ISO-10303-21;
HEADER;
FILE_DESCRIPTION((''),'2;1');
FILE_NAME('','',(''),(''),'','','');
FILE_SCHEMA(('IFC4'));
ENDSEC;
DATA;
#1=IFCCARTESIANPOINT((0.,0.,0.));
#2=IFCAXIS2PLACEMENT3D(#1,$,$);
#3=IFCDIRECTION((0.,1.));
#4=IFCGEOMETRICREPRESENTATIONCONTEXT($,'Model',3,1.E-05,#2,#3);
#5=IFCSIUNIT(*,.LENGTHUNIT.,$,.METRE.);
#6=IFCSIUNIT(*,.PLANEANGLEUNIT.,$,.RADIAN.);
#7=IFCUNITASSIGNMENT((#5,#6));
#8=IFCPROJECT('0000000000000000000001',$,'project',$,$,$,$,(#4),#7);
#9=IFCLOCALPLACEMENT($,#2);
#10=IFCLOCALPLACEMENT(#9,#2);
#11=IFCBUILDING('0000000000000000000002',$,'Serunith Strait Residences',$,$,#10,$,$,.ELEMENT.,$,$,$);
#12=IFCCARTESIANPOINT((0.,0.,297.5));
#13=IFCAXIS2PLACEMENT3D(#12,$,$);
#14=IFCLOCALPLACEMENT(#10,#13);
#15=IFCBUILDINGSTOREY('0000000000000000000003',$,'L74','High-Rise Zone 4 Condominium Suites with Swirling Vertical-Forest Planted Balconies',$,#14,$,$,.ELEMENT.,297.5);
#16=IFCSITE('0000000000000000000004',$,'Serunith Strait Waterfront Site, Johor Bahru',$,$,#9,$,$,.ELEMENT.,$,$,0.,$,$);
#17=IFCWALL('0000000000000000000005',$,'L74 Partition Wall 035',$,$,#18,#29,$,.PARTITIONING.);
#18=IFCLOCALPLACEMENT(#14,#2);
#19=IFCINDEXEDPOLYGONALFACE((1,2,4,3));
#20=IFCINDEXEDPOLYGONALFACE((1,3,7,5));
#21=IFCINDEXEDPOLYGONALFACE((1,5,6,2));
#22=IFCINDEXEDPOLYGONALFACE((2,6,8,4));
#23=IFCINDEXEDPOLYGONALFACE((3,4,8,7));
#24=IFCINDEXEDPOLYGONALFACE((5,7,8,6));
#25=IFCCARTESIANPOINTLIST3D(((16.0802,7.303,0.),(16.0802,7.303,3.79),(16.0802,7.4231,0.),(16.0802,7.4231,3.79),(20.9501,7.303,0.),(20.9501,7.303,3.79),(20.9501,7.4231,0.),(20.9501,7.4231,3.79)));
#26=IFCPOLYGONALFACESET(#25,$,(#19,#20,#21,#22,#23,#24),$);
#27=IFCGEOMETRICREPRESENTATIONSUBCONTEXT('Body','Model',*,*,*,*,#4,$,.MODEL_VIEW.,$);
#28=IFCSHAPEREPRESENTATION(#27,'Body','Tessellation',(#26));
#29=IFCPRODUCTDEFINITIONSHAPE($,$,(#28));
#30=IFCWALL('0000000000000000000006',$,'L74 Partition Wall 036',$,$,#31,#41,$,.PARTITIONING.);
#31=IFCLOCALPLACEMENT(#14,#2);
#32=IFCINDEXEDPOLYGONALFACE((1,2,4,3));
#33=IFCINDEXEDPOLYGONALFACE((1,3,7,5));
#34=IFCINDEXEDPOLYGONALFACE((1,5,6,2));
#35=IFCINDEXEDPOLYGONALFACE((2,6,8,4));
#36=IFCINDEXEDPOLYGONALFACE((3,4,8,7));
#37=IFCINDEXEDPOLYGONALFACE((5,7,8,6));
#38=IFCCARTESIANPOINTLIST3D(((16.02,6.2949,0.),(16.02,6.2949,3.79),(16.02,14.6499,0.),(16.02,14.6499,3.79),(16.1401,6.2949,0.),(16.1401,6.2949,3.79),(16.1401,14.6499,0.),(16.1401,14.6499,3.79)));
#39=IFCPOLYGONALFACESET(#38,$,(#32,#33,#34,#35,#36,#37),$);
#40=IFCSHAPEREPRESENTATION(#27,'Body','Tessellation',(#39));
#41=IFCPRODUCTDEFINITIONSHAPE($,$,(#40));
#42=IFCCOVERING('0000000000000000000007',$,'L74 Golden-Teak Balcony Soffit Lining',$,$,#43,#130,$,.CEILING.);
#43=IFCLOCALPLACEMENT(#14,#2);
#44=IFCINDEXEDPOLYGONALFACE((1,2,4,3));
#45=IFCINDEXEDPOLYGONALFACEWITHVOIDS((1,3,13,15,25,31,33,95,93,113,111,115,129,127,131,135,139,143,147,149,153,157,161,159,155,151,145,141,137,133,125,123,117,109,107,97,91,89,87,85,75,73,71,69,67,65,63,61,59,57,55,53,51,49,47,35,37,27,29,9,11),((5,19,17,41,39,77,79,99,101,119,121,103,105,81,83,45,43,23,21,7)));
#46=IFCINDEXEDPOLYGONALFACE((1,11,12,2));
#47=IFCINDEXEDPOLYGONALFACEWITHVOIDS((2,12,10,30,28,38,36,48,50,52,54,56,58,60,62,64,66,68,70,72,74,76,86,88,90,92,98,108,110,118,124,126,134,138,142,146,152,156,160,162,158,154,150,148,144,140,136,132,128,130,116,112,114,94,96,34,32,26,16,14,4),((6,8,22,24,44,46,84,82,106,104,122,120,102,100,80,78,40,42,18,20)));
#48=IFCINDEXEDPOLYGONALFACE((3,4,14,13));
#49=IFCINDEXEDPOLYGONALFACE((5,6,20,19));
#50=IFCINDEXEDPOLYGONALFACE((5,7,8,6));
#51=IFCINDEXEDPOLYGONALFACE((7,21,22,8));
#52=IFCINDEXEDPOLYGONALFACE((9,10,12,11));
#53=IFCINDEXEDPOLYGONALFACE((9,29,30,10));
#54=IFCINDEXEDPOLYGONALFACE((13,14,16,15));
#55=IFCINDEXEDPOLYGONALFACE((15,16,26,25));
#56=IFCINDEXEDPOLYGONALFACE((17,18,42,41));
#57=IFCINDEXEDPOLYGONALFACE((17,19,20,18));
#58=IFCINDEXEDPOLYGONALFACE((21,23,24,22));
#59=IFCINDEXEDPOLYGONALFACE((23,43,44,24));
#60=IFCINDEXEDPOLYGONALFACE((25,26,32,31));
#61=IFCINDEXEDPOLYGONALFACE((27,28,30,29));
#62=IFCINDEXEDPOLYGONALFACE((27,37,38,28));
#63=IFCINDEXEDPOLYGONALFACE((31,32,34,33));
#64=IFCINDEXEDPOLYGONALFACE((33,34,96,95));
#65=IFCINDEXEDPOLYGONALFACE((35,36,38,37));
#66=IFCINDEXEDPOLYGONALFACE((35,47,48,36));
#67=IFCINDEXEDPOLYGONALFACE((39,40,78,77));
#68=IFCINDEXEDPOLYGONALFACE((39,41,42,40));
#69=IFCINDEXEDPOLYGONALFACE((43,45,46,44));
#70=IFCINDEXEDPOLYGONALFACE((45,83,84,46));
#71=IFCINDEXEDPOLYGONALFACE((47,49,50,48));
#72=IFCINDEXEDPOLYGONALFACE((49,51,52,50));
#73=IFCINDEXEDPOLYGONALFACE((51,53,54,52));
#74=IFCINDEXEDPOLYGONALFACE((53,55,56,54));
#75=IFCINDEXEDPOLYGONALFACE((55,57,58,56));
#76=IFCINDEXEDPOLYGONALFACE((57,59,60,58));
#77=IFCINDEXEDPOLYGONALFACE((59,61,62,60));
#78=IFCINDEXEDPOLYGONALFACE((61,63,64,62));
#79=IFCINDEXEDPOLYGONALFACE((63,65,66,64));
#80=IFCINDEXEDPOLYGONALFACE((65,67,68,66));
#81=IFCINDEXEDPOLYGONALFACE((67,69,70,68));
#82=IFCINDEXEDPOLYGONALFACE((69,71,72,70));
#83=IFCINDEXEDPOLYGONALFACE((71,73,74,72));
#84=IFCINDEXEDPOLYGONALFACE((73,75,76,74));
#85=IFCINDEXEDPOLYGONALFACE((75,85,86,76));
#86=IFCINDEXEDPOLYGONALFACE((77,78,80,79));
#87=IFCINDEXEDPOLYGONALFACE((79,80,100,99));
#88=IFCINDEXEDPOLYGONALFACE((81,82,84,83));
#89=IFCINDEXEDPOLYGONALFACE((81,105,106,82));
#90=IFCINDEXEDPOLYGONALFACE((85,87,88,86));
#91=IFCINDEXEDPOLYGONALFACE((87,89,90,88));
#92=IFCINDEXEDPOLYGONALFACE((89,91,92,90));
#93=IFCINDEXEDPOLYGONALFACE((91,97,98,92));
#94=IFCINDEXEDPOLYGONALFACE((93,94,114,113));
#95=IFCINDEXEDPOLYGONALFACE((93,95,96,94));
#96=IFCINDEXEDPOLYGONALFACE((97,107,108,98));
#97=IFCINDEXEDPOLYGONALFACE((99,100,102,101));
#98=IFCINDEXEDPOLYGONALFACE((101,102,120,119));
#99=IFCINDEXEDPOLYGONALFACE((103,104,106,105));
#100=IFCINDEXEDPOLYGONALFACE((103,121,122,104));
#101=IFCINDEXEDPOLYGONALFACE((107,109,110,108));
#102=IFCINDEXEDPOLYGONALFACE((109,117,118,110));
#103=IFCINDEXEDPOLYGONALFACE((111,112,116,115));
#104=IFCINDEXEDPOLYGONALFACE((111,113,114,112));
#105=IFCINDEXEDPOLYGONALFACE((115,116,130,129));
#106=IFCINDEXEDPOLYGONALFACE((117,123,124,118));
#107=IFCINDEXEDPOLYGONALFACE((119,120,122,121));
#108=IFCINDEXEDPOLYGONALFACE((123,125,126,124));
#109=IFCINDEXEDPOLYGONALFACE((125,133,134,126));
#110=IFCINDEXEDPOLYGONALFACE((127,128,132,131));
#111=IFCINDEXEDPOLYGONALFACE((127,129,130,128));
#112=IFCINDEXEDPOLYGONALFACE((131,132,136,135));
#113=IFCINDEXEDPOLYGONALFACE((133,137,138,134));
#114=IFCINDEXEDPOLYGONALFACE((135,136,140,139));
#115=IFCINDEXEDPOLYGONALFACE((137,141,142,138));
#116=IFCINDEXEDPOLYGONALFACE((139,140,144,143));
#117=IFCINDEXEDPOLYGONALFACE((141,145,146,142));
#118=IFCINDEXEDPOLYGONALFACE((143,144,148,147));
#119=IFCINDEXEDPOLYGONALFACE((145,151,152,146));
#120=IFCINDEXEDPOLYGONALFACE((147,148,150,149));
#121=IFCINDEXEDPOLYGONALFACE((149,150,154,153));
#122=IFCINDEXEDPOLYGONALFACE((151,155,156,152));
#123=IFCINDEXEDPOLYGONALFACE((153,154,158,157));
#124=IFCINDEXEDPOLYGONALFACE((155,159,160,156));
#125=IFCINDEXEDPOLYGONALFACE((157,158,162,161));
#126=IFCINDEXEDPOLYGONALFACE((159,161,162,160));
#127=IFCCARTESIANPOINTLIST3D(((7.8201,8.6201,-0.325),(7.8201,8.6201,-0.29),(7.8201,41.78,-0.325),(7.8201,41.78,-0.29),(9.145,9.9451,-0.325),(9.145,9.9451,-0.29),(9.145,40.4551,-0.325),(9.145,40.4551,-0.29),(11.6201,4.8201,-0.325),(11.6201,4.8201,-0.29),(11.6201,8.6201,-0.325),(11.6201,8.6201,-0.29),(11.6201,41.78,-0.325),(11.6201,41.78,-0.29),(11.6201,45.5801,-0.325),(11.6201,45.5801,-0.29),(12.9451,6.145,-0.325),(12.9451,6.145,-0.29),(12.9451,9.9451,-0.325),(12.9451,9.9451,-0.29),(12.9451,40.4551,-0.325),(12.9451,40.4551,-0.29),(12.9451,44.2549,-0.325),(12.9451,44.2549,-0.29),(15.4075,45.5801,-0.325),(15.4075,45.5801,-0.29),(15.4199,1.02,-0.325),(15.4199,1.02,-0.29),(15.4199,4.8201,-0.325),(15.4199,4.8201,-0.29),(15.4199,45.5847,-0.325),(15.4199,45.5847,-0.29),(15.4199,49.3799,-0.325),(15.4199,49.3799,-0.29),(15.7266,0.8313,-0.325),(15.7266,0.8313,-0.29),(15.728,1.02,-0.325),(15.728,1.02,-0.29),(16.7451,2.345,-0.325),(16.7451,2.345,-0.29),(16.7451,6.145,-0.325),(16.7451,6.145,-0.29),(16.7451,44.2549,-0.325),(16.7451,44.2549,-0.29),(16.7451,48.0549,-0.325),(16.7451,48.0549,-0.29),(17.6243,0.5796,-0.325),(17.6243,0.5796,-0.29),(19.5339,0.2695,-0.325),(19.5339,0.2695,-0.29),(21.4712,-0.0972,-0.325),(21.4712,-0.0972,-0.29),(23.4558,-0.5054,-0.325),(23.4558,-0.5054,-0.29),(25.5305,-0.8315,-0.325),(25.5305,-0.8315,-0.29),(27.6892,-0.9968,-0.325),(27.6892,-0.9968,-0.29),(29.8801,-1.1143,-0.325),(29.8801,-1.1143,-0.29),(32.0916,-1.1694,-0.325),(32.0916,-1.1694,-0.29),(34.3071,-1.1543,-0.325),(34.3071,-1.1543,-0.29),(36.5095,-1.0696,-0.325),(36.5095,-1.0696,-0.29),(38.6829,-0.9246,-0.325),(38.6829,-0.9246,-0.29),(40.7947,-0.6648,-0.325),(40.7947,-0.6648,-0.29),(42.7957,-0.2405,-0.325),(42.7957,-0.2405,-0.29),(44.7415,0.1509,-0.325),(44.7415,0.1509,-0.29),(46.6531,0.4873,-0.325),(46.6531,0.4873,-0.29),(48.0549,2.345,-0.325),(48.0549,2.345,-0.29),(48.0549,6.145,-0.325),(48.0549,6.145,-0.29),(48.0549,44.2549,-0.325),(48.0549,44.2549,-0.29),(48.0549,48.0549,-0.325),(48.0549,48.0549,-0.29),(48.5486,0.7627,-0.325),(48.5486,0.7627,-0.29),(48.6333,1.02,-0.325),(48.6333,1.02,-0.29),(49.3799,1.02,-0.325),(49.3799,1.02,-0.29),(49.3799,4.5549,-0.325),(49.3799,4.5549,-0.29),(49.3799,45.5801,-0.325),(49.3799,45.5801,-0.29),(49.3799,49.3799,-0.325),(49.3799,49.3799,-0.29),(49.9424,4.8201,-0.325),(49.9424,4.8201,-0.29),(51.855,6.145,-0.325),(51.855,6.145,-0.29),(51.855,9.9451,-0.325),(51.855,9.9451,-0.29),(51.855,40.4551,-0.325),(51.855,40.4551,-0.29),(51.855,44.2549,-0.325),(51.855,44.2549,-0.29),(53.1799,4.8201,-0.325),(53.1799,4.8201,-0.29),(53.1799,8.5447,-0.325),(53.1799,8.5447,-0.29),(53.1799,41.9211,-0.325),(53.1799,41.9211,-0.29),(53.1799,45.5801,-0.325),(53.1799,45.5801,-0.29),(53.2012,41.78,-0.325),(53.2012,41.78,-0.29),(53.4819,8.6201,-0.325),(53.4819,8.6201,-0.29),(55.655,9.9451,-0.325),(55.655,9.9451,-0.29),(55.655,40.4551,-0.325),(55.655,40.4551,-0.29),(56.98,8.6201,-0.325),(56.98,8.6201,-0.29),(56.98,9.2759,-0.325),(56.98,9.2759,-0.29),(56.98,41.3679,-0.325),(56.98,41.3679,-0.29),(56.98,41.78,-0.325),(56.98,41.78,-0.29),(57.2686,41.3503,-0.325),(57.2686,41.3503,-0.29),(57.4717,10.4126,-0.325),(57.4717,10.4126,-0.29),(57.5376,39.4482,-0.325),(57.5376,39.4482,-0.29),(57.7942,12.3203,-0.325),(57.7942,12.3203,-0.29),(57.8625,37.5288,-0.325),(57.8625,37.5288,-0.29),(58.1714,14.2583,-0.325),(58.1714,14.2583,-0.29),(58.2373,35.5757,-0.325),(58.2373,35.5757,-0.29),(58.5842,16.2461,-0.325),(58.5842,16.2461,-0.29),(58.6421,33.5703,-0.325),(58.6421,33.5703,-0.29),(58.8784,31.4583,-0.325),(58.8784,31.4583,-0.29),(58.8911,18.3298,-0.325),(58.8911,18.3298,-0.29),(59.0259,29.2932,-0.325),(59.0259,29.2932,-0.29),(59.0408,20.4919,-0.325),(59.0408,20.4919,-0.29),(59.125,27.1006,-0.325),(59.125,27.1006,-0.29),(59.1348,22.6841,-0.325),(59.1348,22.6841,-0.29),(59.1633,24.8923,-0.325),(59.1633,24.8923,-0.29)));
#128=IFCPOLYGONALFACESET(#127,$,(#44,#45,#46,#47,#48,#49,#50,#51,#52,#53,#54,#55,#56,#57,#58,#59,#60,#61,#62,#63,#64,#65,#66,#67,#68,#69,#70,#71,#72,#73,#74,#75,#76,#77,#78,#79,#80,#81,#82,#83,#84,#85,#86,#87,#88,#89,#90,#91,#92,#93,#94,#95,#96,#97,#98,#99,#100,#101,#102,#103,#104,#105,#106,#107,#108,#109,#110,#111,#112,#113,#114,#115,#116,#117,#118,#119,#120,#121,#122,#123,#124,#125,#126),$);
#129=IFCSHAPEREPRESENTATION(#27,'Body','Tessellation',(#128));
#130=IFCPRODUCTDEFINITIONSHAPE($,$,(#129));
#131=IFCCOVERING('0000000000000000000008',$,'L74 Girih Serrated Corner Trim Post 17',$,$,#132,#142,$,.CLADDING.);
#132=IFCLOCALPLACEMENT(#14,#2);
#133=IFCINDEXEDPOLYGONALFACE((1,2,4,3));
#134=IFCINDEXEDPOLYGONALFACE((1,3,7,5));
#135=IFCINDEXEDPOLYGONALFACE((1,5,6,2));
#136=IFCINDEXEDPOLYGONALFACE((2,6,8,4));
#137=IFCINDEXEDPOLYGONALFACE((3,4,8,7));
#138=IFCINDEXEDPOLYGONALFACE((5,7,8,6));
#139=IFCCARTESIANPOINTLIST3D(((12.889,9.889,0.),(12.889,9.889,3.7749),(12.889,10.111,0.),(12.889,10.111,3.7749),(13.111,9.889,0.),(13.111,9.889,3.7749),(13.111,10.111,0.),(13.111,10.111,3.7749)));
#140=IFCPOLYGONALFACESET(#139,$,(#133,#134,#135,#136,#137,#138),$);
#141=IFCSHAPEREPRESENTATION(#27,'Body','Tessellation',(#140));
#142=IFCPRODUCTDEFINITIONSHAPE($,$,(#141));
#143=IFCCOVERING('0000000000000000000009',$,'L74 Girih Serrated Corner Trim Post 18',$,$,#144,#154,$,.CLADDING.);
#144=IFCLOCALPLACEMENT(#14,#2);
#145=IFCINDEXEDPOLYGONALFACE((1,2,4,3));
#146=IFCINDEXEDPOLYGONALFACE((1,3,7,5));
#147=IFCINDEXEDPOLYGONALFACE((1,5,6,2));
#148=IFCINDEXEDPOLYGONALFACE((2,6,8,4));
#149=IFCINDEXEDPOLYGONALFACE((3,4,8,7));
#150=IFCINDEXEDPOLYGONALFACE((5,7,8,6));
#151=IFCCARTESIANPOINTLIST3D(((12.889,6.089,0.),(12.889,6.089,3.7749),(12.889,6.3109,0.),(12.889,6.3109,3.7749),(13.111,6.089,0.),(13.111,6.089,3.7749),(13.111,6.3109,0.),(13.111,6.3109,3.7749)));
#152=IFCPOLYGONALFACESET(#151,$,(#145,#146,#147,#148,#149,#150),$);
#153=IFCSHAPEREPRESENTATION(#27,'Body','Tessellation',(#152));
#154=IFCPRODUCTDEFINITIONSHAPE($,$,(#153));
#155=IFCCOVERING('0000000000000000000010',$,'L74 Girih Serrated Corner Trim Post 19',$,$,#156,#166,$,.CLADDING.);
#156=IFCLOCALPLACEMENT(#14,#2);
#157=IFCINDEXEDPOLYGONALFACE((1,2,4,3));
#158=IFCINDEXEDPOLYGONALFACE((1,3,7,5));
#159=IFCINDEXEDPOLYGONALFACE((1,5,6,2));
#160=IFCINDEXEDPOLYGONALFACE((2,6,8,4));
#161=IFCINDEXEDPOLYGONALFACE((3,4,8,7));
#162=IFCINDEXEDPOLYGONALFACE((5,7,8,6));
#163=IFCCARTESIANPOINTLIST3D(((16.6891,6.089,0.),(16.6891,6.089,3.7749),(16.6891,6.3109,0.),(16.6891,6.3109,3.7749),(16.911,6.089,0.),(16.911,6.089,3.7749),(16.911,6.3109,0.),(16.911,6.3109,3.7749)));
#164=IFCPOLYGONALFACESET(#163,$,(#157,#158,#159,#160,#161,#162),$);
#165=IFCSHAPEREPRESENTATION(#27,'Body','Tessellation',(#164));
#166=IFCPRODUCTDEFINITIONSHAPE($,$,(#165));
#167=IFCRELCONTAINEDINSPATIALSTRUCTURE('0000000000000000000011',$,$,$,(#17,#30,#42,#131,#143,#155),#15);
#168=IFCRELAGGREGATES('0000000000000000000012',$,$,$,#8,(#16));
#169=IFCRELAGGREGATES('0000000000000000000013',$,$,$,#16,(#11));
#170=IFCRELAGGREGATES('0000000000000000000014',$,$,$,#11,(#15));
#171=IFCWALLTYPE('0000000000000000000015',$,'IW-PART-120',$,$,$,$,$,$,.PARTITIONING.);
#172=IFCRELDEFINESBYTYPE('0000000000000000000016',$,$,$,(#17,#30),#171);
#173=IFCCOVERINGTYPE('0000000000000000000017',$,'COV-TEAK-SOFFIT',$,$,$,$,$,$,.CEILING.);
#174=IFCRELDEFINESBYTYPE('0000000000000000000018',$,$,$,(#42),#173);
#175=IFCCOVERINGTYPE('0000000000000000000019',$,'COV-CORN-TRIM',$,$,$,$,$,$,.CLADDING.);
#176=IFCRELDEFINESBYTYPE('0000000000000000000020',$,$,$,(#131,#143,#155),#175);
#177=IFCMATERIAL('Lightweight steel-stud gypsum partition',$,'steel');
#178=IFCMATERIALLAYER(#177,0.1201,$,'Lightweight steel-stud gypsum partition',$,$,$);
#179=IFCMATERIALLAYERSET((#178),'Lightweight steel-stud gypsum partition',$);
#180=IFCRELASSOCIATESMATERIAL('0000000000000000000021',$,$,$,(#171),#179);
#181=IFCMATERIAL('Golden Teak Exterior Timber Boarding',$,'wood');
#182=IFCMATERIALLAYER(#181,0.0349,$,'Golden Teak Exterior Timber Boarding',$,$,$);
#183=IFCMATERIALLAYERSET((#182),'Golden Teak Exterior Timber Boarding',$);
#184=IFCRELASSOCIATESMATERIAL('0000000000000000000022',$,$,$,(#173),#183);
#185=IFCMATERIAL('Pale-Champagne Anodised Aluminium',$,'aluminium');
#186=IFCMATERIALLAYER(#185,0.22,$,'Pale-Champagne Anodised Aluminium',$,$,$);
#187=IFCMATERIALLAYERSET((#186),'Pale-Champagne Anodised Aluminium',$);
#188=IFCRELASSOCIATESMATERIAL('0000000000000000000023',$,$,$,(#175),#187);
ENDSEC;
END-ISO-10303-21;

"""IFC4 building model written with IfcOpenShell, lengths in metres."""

from ifc_helpers import new_model, si_unit, direction, frame, frame_2d, origin, origin_2d, place, context, subcontext, project, spatial, polyline, rectangle, outline, extrude, source, transform, mapped, material, layer, layer_set, type_object, element, save


model = new_model("IFC4")

# Units and contexts
model_context = context("Model", 3, precision=1e-05, world=origin(), true_north=direction((0.0, 1.0)))
body_context = subcontext(model_context, "Body", "Model", "MODEL_VIEW")
ifc_project = project(units=[si_unit("LENGTHUNIT", "METRE"), si_unit("PLANEANGLEUNIT", "RADIAN")], contexts=[model_context])

# Site, building, storey
site_placement = place(None, origin())
site = spatial("IfcSite", under=ifc_project, at=site_placement, Name="Serunith Strait Waterfront Site, Johor Bahru", CompositionType="ELEMENT", RefElevation=0.0)
building_placement = place(site_placement, origin())
building = spatial("IfcBuilding", under=site, at=building_placement, Name="Serunith Strait Residences", CompositionType="ELEMENT")
storey_placement = place(building_placement, frame((0.0, 0.0, 297.5)))
storey = spatial("IfcBuildingStorey", under=building, at=storey_placement, Name="L74", Description="High-Rise Zone 4 Condominium Suites with Swirling Vertical-Forest Planted Balconies", CompositionType="ELEMENT", Elevation=297.5)

# Walls
ifc_material_1 = material(Name="Lightweight steel-stud gypsum partition", Category="steel")
ifc_layer_1 = layer(ifc_material_1, 0.1201, Name="Lightweight steel-stud gypsum partition")
ifc_layer_set_1 = layer_set([ifc_layer_1], Name="Lightweight steel-stud gypsum partition")
wall_type_1 = type_object("IfcWallType", Name="IW-PART-120", PredefinedType="PARTITIONING", material=ifc_layer_set_1)
wall_1_placement = place(storey_placement, frame((16.0801, 7.363, 0.0), z_axis=(0.0, 0.0, 1.0), x_axis=(1.0, 0.0, 0.0)))
element("IfcWall", 1, at=wall_1_placement, inside=storey, type_object=wall_type_1, Name="L74 Partition Wall 035", PredefinedType="PARTITIONING", context=body_context, shape_type="SweptSolid", body=[
    extrude(rectangle(XDim=4.8699, YDim=0.1201, at=frame_2d((2.4351, 0.0))), origin(), (0.0, 0.0, 1.0), 3.79),
])
wall_2_placement = place(storey_placement, frame((16.0801, 6.2949, 0.0), z_axis=(0.0, 0.0, 1.0), x_axis=(0.0, 1.0, 0.0)))
element("IfcWall", 2, at=wall_2_placement, inside=storey, type_object=wall_type_1, Name="L74 Partition Wall 036", PredefinedType="PARTITIONING", context=body_context, shape_type="SweptSolid", body=[
    extrude(rectangle(XDim=8.355, YDim=0.1201, at=frame_2d((4.1775, 0.0))), origin(), (0.0, 0.0, 1.0), 3.79),
])

# Covering
ifc_material_2 = material(Name="Golden Teak Exterior Timber Boarding", Category="wood")
ifc_layer_2 = layer(ifc_material_2, 0.0349, Name="Golden Teak Exterior Timber Boarding")
ifc_layer_set_2 = layer_set([ifc_layer_2], Name="Golden Teak Exterior Timber Boarding")
covering_type_1 = type_object("IfcCoveringType", Name="COV-TEAK-SOFFIT", PredefinedType="CEILING", material=ifc_layer_set_2)
covering_placement = place(storey_placement, frame((0.0, 0.0, -0.325)))
element("IfcCovering", 3, at=covering_placement, inside=storey, type_object=covering_type_1, Name="L74 Golden-Teak Balcony Soffit Lining", PredefinedType="CEILING", context=body_context, shape_type="SweptSolid", body=[
    extrude(outline(polyline([(15.4199, 1.02), (15.4199, 4.8201), (11.6201, 4.8201), (11.6201, 8.6201), (7.8201, 8.6201), (7.8201, 41.78), (11.6201, 41.78), (11.6201, 45.5801), (15.4075, 45.5801), (15.4199, 45.5847), (15.4199, 49.3799), (49.3799, 49.3799), (49.3799, 45.5801), (53.1799, 45.5801), (53.1799, 41.9211), (53.2012, 41.78), (56.98, 41.78), (56.98, 41.3679), (57.2686, 41.3503), (57.5376, 39.4482), (57.8625, 37.5288), (58.2373, 35.5757), (58.6421, 33.5703), (58.8784, 31.4583), (59.0259, 29.2932), (59.125, 27.1006), (59.1633, 24.8923), (59.1348, 22.6841), (59.0408, 20.4919), (58.8911, 18.3298), (58.5842, 16.2461), (58.1714, 14.2583), (57.7942, 12.3203), (57.4717, 10.4126), (56.98, 9.2759), (56.98, 8.6201), (53.4819, 8.6201), (53.1799, 8.5447), (53.1799, 4.8201), (49.9424, 4.8201), (49.3799, 4.5549), (49.3799, 1.02), (48.6333, 1.02), (48.5486, 0.7627), (46.6531, 0.4873), (44.7415, 0.1509), (42.7957, -0.2405), (40.7947, -0.6648), (38.6829, -0.9246), (36.5095, -1.0696), (34.3071, -1.1543), (32.0916, -1.1694), (29.8801, -1.1143), (27.6892, -0.9968), (25.5305, -0.8315), (23.4558, -0.5054), (21.4712, -0.0972), (19.5339, 0.2695), (17.6243, 0.5796), (15.7266, 0.8313), (15.728, 1.02), (15.4199, 1.02)]), holes=[polyline([(48.0549, 2.345), (48.0549, 6.145), (51.855, 6.145), (51.855, 9.9451), (55.655, 9.9451), (55.655, 40.4551), (51.855, 40.4551), (51.855, 44.2549), (48.0549, 44.2549), (48.0549, 48.0549), (16.7451, 48.0549), (16.7451, 44.2549), (12.9451, 44.2549), (12.9451, 40.4551), (9.145, 40.4551), (9.145, 9.9451), (12.9451, 9.9451), (12.9451, 6.145), (16.7451, 6.145), (16.7451, 2.345), (48.0549, 2.345)])]), origin(), (0.0, 0.0, 1.0), 0.0349),
])

# Coverings
ifc_material_3 = material(Name="Pale-Champagne Anodised Aluminium", Category="aluminium")
ifc_layer_3 = layer(ifc_material_3, 0.22, Name="Pale-Champagne Anodised Aluminium")
ifc_layer_set_3 = layer_set([ifc_layer_3], Name="Pale-Champagne Anodised Aluminium")
covering_type_2 = type_object("IfcCoveringType", Name="COV-CORN-TRIM", PredefinedType="CLADDING", material=ifc_layer_set_3)
shared_shape_1 = source(origin(), body_context, "Body", "SweptSolid", [
    extrude(rectangle(XDim=0.2219, YDim=0.2219, at=origin_2d()), origin(), (0.0, 0.0, 1.0), 3.7749),
])
for number, where, z_axis, x_axis, name in (
    (4, (13.0, 10.0, 0.0), (0.0, 0.0, 1.0), (1.0, 0.0, 0.0), "L74 Girih Serrated Corner Trim Post 17"),
    (5, (13.0, 6.2, 0.0), (0.0, 0.0, 1.0), (1.0, 0.0, 0.0), "L74 Girih Serrated Corner Trim Post 18"),
    (6, (16.8, 6.2, 0.0), (0.0, 0.0, 1.0), (1.0, 0.0, 0.0), "L74 Girih Serrated Corner Trim Post 19"),
):
    element("IfcCovering", number, at=place(storey_placement, frame(where, z_axis=z_axis, x_axis=x_axis)), inside=storey, type_object=covering_type_2, Name=name, PredefinedType="CLADDING", context=body_context, shape_type="MappedRepresentation", body=[
        mapped(shared_shape_1, transform((0.0, 0.0, 0.0), scale=1.0)),
    ])

save(model, "model.ifc")
